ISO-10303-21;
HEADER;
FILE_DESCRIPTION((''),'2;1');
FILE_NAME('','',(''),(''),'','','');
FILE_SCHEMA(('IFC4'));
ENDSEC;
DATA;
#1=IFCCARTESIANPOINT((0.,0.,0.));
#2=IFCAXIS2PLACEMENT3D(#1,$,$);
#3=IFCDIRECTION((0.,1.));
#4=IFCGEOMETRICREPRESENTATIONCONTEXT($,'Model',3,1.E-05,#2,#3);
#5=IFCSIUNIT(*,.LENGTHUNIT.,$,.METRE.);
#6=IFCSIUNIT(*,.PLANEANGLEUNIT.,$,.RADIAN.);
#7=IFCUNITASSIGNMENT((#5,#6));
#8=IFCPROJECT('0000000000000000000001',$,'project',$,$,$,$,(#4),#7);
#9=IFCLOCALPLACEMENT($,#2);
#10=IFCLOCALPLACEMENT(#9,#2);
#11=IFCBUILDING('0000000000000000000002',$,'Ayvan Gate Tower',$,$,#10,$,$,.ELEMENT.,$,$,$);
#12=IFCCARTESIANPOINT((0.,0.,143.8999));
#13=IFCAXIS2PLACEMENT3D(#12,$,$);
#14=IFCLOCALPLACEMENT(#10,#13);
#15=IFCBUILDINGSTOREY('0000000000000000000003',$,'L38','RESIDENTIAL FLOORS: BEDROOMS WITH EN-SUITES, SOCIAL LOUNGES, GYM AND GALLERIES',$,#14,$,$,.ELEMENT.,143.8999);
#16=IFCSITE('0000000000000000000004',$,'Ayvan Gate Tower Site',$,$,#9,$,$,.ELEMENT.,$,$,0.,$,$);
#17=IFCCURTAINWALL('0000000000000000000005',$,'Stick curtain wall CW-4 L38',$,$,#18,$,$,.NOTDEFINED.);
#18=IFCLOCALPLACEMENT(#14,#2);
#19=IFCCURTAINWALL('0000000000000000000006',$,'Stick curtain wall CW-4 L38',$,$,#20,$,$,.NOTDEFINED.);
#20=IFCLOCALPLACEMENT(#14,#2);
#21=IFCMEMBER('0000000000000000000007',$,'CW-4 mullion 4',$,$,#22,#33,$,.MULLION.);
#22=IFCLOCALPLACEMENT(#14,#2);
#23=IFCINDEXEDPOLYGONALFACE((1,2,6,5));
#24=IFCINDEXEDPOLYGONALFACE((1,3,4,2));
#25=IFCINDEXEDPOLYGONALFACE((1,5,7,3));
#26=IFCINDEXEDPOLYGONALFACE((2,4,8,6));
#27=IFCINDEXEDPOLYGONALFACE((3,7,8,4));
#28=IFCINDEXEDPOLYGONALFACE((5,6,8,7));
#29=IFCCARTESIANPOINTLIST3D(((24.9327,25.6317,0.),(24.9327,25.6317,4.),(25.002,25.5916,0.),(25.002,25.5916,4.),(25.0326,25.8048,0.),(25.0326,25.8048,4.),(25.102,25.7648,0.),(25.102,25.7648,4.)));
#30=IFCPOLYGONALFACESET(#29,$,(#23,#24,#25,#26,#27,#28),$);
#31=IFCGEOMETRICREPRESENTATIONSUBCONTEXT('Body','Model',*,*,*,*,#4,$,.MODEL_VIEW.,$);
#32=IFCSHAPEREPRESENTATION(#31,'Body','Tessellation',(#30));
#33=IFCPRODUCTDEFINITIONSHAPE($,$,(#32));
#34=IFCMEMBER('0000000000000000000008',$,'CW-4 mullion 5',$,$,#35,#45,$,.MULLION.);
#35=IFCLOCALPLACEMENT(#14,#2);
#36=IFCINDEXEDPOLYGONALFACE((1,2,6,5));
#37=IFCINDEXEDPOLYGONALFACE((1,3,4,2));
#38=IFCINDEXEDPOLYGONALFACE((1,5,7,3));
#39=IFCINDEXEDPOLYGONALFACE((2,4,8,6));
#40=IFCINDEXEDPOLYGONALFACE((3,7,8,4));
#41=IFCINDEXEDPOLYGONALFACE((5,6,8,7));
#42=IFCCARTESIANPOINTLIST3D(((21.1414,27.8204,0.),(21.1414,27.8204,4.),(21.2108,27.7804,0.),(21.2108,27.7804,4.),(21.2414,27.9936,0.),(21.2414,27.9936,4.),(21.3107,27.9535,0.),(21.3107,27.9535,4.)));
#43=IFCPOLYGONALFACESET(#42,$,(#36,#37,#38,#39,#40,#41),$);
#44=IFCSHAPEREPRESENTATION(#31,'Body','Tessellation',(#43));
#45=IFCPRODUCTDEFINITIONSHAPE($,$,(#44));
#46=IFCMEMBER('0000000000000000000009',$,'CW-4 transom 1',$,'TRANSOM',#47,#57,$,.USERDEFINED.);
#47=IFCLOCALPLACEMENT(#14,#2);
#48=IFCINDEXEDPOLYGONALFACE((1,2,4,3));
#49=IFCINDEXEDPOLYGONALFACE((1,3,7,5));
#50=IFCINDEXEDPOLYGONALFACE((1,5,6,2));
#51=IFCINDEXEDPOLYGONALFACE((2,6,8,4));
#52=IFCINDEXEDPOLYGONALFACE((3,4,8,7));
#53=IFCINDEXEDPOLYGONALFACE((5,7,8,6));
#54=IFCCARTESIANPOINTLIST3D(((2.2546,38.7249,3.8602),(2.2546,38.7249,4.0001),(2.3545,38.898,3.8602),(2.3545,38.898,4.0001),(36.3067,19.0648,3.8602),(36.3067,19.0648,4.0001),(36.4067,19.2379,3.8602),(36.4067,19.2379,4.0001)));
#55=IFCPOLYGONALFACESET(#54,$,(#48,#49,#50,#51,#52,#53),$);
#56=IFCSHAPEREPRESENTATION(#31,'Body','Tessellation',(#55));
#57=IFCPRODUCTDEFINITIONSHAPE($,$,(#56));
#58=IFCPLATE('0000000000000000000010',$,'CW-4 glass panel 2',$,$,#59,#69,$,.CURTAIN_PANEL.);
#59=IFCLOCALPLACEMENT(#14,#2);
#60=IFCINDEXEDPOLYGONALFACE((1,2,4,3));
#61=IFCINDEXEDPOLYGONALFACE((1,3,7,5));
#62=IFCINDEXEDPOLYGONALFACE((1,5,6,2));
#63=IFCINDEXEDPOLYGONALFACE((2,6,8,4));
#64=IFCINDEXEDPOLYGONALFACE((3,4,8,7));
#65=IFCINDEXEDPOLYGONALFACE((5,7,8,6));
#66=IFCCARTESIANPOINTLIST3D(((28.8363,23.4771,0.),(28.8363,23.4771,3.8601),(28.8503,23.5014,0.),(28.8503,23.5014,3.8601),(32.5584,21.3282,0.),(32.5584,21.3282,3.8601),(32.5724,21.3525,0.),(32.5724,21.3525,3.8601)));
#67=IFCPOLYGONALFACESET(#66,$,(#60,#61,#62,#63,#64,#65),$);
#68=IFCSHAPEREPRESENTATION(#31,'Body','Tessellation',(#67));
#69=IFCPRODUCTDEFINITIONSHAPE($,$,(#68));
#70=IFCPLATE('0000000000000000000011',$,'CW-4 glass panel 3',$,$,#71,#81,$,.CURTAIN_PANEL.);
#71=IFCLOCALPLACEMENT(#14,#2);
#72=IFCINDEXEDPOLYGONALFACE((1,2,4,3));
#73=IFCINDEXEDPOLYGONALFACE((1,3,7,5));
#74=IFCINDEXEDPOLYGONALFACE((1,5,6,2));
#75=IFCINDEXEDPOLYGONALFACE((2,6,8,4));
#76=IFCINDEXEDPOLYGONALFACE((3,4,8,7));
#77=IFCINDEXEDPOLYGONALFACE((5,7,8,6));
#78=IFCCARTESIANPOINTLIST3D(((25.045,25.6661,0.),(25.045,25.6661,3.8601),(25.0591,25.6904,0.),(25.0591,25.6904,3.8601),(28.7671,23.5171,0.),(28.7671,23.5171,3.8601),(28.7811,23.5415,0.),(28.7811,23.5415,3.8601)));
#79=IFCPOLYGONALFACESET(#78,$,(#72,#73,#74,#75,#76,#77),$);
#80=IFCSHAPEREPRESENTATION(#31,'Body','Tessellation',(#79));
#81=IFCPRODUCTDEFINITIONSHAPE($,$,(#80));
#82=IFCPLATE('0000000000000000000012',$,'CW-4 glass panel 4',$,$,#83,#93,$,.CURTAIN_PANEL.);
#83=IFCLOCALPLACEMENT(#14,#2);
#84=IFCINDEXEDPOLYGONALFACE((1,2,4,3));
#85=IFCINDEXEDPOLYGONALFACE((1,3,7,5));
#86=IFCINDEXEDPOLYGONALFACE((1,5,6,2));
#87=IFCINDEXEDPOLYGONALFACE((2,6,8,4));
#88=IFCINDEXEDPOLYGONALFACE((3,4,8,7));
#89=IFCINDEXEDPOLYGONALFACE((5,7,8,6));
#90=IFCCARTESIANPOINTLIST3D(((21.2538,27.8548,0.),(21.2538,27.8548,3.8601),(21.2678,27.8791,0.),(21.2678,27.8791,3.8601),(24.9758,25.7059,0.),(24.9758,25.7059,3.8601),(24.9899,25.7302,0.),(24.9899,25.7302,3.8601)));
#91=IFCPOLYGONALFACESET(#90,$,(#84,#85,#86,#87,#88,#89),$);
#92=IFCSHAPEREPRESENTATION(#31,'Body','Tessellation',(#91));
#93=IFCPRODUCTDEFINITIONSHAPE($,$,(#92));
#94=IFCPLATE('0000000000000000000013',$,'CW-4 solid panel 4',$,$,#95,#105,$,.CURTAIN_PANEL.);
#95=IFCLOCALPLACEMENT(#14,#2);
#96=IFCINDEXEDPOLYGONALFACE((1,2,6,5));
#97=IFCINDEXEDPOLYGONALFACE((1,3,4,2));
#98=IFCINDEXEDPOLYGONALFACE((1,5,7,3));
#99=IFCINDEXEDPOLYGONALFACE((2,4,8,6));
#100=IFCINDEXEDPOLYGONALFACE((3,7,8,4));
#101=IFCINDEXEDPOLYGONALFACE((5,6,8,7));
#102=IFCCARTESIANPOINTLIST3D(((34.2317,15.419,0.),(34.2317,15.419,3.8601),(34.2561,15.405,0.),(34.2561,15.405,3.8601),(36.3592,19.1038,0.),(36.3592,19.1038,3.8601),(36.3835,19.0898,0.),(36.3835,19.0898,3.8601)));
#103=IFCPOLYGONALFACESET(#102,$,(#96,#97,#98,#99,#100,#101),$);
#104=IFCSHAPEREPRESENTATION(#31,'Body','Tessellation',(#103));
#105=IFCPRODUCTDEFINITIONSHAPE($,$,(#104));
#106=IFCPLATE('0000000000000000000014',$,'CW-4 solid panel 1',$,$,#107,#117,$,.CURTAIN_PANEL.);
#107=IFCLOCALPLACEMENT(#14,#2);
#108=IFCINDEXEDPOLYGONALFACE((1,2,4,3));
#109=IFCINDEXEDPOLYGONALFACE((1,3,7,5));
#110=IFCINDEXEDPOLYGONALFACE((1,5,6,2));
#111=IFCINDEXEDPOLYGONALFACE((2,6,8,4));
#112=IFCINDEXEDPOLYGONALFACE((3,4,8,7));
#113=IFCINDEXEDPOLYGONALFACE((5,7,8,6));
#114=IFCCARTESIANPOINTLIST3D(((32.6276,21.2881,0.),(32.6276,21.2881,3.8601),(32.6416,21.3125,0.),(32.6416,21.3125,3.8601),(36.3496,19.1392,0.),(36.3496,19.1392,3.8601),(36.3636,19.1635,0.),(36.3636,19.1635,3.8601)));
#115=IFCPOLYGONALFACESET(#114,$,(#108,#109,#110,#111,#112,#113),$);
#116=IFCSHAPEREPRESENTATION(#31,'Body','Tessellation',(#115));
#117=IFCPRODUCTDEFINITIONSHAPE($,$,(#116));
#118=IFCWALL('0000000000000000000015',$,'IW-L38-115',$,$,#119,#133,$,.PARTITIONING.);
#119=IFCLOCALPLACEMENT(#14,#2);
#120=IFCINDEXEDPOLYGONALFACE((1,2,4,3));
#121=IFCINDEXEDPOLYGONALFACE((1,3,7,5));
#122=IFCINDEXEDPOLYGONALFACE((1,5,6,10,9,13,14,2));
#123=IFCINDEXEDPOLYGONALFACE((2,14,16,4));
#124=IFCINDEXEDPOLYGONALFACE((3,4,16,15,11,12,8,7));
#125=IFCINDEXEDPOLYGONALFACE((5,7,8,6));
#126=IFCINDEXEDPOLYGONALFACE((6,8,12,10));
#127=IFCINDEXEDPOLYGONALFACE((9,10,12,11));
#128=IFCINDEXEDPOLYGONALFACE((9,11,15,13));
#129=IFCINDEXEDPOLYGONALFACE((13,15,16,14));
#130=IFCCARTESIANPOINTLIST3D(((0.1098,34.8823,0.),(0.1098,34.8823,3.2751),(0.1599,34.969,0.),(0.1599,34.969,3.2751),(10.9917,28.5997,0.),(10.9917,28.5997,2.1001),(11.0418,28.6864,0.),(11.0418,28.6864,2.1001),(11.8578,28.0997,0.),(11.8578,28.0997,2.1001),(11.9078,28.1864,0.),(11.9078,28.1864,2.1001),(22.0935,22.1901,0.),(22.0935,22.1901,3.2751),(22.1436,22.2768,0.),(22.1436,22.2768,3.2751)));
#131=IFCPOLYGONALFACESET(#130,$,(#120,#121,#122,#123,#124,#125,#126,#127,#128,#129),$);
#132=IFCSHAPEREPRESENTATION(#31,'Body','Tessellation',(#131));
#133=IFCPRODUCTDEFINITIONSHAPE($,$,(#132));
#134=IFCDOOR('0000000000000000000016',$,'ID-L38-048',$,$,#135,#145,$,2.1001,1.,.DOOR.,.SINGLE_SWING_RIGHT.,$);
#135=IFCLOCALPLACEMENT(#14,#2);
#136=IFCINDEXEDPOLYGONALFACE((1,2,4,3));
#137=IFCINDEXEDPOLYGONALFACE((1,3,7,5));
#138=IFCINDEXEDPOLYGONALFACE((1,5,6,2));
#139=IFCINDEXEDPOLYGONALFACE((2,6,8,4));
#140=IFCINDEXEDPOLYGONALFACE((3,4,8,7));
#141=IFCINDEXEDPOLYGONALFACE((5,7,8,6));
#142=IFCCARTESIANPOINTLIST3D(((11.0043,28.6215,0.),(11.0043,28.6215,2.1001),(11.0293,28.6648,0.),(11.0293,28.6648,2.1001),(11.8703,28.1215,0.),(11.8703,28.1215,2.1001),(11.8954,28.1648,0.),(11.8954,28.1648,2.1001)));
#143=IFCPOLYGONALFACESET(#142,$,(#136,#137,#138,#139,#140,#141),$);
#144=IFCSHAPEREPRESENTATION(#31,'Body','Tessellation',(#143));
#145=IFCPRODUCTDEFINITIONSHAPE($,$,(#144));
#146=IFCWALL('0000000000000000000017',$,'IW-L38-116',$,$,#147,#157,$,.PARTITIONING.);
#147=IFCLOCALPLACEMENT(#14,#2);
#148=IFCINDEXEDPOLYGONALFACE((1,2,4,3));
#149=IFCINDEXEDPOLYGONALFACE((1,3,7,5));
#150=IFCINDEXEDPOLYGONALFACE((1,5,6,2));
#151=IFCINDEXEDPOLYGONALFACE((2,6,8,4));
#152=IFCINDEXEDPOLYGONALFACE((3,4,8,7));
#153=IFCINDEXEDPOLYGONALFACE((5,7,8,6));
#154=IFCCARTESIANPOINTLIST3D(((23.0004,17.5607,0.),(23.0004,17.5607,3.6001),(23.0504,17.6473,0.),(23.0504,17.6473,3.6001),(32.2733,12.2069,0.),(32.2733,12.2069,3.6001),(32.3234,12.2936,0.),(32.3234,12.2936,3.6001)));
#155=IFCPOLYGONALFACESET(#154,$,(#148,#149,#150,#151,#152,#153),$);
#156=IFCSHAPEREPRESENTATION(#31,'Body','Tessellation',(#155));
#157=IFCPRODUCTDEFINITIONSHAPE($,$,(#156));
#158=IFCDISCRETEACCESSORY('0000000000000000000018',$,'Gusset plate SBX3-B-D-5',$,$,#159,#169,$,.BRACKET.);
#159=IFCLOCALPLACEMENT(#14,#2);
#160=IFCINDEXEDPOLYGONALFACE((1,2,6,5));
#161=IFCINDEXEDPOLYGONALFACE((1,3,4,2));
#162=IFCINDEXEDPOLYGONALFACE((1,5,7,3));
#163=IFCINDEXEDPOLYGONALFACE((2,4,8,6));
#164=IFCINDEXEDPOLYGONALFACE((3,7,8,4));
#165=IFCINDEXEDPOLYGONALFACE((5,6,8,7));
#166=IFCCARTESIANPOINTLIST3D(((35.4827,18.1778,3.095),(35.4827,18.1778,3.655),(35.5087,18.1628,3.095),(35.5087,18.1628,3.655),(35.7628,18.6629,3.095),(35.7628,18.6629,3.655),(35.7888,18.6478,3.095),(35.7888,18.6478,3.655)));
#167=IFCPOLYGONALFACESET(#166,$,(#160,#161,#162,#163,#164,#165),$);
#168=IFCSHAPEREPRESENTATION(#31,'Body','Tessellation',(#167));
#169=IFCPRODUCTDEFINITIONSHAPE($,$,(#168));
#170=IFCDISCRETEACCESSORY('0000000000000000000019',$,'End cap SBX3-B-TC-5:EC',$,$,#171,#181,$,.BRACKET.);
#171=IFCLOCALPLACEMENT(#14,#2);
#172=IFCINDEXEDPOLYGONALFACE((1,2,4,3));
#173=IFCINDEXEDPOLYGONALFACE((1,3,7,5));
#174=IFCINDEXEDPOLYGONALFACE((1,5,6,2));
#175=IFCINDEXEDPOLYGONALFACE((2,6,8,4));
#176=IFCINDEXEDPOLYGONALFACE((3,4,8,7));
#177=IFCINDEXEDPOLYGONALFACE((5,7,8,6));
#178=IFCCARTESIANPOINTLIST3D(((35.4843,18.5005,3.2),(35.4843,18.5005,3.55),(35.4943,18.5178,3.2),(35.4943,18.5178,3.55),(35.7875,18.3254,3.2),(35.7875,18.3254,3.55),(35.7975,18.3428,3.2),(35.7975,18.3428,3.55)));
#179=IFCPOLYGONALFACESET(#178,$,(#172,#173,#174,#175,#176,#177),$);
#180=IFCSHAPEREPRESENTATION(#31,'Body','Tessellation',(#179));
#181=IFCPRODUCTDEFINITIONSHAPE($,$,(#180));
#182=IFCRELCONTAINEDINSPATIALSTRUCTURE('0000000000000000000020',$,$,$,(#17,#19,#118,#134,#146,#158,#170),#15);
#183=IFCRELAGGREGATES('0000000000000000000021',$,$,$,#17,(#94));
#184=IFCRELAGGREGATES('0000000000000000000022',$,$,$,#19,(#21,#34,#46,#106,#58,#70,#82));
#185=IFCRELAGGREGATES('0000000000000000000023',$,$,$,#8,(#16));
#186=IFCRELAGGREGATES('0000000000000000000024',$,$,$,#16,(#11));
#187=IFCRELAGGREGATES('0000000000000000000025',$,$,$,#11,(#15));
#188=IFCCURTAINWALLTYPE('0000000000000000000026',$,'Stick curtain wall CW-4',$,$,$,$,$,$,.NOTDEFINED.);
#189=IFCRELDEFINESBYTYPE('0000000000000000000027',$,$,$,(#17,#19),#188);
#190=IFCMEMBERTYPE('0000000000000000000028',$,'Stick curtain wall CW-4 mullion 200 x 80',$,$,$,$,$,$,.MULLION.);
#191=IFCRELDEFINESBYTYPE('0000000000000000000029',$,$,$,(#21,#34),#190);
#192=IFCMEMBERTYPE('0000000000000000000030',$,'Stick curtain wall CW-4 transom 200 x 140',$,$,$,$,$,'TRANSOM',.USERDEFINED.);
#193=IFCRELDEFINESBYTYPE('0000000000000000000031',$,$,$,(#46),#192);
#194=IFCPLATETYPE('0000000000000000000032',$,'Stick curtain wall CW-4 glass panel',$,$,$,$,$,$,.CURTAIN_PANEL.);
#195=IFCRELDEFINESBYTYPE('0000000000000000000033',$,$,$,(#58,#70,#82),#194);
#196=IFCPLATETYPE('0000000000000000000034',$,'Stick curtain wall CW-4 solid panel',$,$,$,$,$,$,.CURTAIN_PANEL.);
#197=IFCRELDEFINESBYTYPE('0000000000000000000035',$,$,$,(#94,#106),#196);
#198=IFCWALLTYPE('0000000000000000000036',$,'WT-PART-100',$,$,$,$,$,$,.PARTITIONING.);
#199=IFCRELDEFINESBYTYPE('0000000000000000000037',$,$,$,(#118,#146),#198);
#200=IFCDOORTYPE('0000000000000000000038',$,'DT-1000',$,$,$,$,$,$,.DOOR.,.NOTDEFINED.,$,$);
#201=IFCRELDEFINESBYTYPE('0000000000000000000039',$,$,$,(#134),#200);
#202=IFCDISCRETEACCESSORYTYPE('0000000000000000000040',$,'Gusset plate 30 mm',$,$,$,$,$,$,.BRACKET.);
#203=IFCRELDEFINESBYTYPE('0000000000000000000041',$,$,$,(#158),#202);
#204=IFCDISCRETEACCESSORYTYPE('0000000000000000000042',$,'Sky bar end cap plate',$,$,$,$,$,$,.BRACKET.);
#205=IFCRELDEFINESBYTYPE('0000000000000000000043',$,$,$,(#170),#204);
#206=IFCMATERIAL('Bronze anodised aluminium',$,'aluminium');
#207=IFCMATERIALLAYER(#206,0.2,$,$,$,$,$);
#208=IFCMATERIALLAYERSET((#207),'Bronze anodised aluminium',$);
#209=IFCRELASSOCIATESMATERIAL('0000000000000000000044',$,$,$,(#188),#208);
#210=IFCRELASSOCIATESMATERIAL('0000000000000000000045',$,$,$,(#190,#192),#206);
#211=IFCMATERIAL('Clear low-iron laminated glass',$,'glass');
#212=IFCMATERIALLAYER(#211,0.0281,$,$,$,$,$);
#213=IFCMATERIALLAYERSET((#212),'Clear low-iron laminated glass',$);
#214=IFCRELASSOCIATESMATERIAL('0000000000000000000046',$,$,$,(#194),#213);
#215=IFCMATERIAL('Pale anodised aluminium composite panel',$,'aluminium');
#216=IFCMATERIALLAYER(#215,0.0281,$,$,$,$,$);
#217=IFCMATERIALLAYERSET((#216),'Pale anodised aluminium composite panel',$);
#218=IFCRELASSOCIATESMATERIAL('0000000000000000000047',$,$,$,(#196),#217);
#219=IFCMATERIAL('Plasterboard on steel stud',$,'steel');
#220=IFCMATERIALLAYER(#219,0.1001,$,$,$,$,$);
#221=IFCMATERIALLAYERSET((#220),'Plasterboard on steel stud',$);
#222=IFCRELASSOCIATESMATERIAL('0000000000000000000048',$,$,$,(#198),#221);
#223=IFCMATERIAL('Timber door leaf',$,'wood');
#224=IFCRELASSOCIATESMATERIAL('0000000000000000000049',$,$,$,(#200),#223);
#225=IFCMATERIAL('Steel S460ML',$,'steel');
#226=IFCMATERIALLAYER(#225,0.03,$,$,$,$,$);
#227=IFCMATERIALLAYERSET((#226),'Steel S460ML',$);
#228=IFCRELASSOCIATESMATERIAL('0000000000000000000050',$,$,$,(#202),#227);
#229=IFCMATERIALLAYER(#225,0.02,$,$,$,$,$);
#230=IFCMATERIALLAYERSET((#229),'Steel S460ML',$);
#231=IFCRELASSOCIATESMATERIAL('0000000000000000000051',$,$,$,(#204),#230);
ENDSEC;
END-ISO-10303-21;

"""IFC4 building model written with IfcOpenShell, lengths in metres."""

from ifc_helpers import new_model, si_unit, direction, frame, frame_2d, origin, origin_2d, place, context, subcontext, project, spatial, rectangle, extrude, material, layer, layer_set, material_profile, profile_set, type_object, element, fill, aggregate, save


model = new_model("IFC4")

# Units and contexts
model_context = context("Model", 3, precision=1e-05, world=origin(), true_north=direction((0.0, 1.0)))
body_context = subcontext(model_context, "Body", "Model", "MODEL_VIEW")
ifc_project = project(units=[si_unit("LENGTHUNIT", "METRE"), si_unit("PLANEANGLEUNIT", "RADIAN")], contexts=[model_context])

# Site, building, storey
site_placement = place(None, origin())
site = spatial("IfcSite", under=ifc_project, at=site_placement, Name="Ayvan Gate Tower Site", CompositionType="ELEMENT", RefElevation=0.0)
building_placement = place(site_placement, origin())
building = spatial("IfcBuilding", under=site, at=building_placement, Name="Ayvan Gate Tower", CompositionType="ELEMENT")
storey_placement = place(building_placement, frame((0.0, 0.0, 143.8999)))
storey = spatial("IfcBuildingStorey", under=building, at=storey_placement, Name="L38", Description="RESIDENTIAL FLOORS: BEDROOMS WITH EN-SUITES, SOCIAL LOUNGES, GYM AND GALLERIES", CompositionType="ELEMENT", Elevation=143.8999)

# Shared definitions
ifc_material_1 = material(Name="Steel S460ML", Category="steel")

# Curtain wall
ifc_material_2 = material(Name="Bronze anodised aluminium", Category="aluminium")
ifc_layer_1 = layer(ifc_material_2, 0.2)
ifc_layer_set_1 = layer_set([ifc_layer_1], Name="Bronze anodised aluminium")
curtain_wall_type = type_object("IfcCurtainWallType", Name="Stick curtain wall CW-4", PredefinedType="NOTDEFINED", material=ifc_layer_set_1)
curtain_wall_1_placement = place(storey_placement, origin())
curtain_wall_1 = element("IfcCurtainWall", 1, at=curtain_wall_1_placement, inside=storey, type_object=curtain_wall_type, Name="Stick curtain wall CW-4 L38", PredefinedType="NOTDEFINED")
ifc_material_profile_1 = material_profile(ifc_material_2, rectangle(XDim=0.2, YDim=0.0801, at=origin_2d()), Name="Stick curtain wall CW-4 mullion 200 x 80")
ifc_profile_set_1 = profile_set([ifc_material_profile_1], Name="Bronze anodised aluminium")
member_type_1 = type_object("IfcMemberType", Name="Stick curtain wall CW-4 mullion 200 x 80", PredefinedType="MULLION", material=ifc_profile_set_1)

# Curtain wall, members, plates
curtain_wall_2_placement = place(storey_placement, origin())
curtain_wall_2 = element("IfcCurtainWall", 2, at=curtain_wall_2_placement, inside=storey, type_object=curtain_wall_type, Name="Stick curtain wall CW-4 L38", PredefinedType="NOTDEFINED")
member_1_placement = place(storey_placement, frame((25.0173, 25.6982, 0.0), z_axis=(0.0, 0.0, 1.0), x_axis=(0.5, 0.866025, 0.0)))
member_1 = element("IfcMember", 3, at=member_1_placement, type_object=member_type_1, Name="CW-4 mullion 4", PredefinedType="MULLION", context=body_context, shape_type="SweptSolid", body=[
    extrude(rectangle(XDim=0.2, YDim=0.0801, at=origin_2d()), origin(), (0.0, 0.0, 1.0), 4.0),
])
member_2_placement = place(storey_placement, frame((21.2261, 27.887, 0.0), z_axis=(0.0, 0.0, 1.0), x_axis=(0.5, 0.866025, 0.0)))
member_2 = element("IfcMember", 4, at=member_2_placement, type_object=member_type_1, Name="CW-4 mullion 5", PredefinedType="MULLION", context=body_context, shape_type="SweptSolid", body=[
    extrude(rectangle(XDim=0.2, YDim=0.0801, at=origin_2d()), origin(), (0.0, 0.0, 1.0), 4.0),
])
ifc_material_profile_2 = material_profile(ifc_material_2, rectangle(XDim=0.2, YDim=0.1399, at=origin_2d()), Name="Stick curtain wall CW-4 transom 200 x 140")
ifc_profile_set_2 = profile_set([ifc_material_profile_2], Name="Bronze anodised aluminium")
member_type_2 = type_object("IfcMemberType", Name="Stick curtain wall CW-4 transom 200 x 140", ElementType="TRANSOM", PredefinedType="USERDEFINED", material=ifc_profile_set_2)
member_3_placement = place(storey_placement, frame((36.3567, 19.1514, 3.9302), z_axis=(-0.866024, 0.500002, 0.0), x_axis=(-0.500002, -0.866024, 0.0)))
member_3 = element("IfcMember", 5, at=member_3_placement, type_object=member_type_2, Name="CW-4 transom 1", ObjectType="TRANSOM", PredefinedType="USERDEFINED", context=body_context, shape_type="SweptSolid", body=[
    extrude(rectangle(XDim=0.2, YDim=0.1399, at=origin_2d()), origin(), (0.0, 0.0, 1.0), 39.3201),
])
ifc_material_3 = material(Name="Clear low-iron laminated glass", Category="glass")
ifc_layer_2 = layer(ifc_material_3, 0.0281)
ifc_layer_set_2 = layer_set([ifc_layer_2], Name="Clear low-iron laminated glass")
plate_type_1 = type_object("IfcPlateType", Name="Stick curtain wall CW-4 glass panel", PredefinedType="CURTAIN_PANEL", material=ifc_layer_set_2)
plate_1_placement = place(storey_placement, frame((30.7043, 22.4148, 0.0), z_axis=(0.0, 0.0, 1.0), x_axis=(-0.866025, 0.5, 0.0)))
plate_1 = element("IfcPlate", 6, at=plate_1_placement, type_object=plate_type_1, Name="CW-4 glass panel 2", PredefinedType="CURTAIN_PANEL", context=body_context, shape_type="SweptSolid", body=[
    extrude(rectangle(XDim=4.2979, YDim=0.0281, at=origin_2d()), origin(), (0.0, 0.0, 1.0), 3.8601),
])
plate_2_placement = place(storey_placement, frame((26.9131, 24.6038, 0.0), z_axis=(0.0, 0.0, 1.0), x_axis=(-0.866025, 0.5, 0.0)))
plate_2 = element("IfcPlate", 7, at=plate_2_placement, type_object=plate_type_1, Name="CW-4 glass panel 3", PredefinedType="CURTAIN_PANEL", context=body_context, shape_type="SweptSolid", body=[
    extrude(rectangle(XDim=4.2979, YDim=0.0281, at=origin_2d()), origin(), (0.0, 0.0, 1.0), 3.8601),
])
plate_3_placement = place(storey_placement, frame((23.1218, 26.7925, 0.0), z_axis=(0.0, 0.0, 1.0), x_axis=(-0.866025, 0.5, 0.0)))
plate_3 = element("IfcPlate", 8, at=plate_3_placement, type_object=plate_type_1, Name="CW-4 glass panel 4", PredefinedType="CURTAIN_PANEL", context=body_context, shape_type="SweptSolid", body=[
    extrude(rectangle(XDim=4.2979, YDim=0.0281, at=origin_2d()), origin(), (0.0, 0.0, 1.0), 3.8601),
])

# Plates
ifc_material_4 = material(Name="Pale anodised aluminium composite panel", Category="aluminium")
ifc_layer_3 = layer(ifc_material_4, 0.0281)
ifc_layer_set_3 = layer_set([ifc_layer_3], Name="Pale anodised aluminium composite panel")
plate_type_2 = type_object("IfcPlateType", Name="Stick curtain wall CW-4 solid panel", PredefinedType="CURTAIN_PANEL", material=ifc_layer_set_3)
plate_4_placement = place(storey_placement, frame((35.3076, 17.2544, 0.0), z_axis=(0.0, 0.0, 1.0), x_axis=(0.5, 0.866025, 0.0)))
plate_4 = element("IfcPlate", 9, at=plate_4_placement, type_object=plate_type_2, Name="CW-4 solid panel 4", PredefinedType="CURTAIN_PANEL", context=body_context, shape_type="SweptSolid", body=[
    extrude(rectangle(XDim=4.2549, YDim=0.0281, at=origin_2d()), origin(), (0.0, 0.0, 1.0), 3.8601),
])
aggregate(curtain_wall_1, [plate_4])
plate_5_placement = place(storey_placement, frame((34.4956, 20.2258, 0.0), z_axis=(0.0, 0.0, 1.0), x_axis=(-0.866025, 0.5, 0.0)))
plate_5 = element("IfcPlate", 10, at=plate_5_placement, type_object=plate_type_2, Name="CW-4 solid panel 1", PredefinedType="CURTAIN_PANEL", context=body_context, shape_type="SweptSolid", body=[
    extrude(rectangle(XDim=4.2979, YDim=0.0281, at=origin_2d()), origin(), (0.0, 0.0, 1.0), 3.8601),
])
aggregate(curtain_wall_2, [member_1, member_2, member_3, plate_5, plate_1, plate_2, plate_3])

# Wall, opening, door
ifc_material_5 = material(Name="Plasterboard on steel stud", Category="steel")
ifc_layer_4 = layer(ifc_material_5, 0.1001)
ifc_layer_set_4 = layer_set([ifc_layer_4], Name="Plasterboard on steel stud")
wall_type = type_object("IfcWallType", Name="WT-PART-100", PredefinedType="PARTITIONING", material=ifc_layer_set_4)
wall_1_placement = place(storey_placement, frame((22.1187, 22.2334, 0.0), z_axis=(0.0, 0.0, 1.0), x_axis=(-0.866028, 0.499996, 0.0)))
wall_1 = element("IfcWall", 11, at=wall_1_placement, inside=storey, type_object=wall_type, Name="IW-L38-115", PredefinedType="PARTITIONING", context=body_context, shape_type="SweptSolid", body=[
    extrude(rectangle(XDim=25.3845, YDim=0.1001, at=frame_2d((12.6924, 0.0))), origin(), (0.0, 0.0, 1.0), 3.2751),
])
opening_placement = place(wall_1_placement, frame((11.8193, 0.0, 0.0)))
opening = element("IfcOpeningElement", 12, at=opening_placement, cuts=wall_1, PredefinedType="OPENING", context=body_context, shape_type="SweptSolid", body=[
    extrude(rectangle(XDim=1.0, YDim=2.1001, at=frame_2d((0.5, 1.05))), frame((0.0, 0.0601, 0.0), z_axis=(0.0, -1.0, 0.0), x_axis=(1.0, 0.0, 0.0)), (0.0, 0.0, 1.0), 0.1201),
])
ifc_material_6 = material(Name="Timber door leaf", Category="wood")
door_type = type_object("IfcDoorType", Name="DT-1000", OperationType="NOTDEFINED", PredefinedType="DOOR", material=ifc_material_6)
door_placement = place(opening_placement, origin())
door = element("IfcDoor", 13, at=door_placement, inside=storey, type_object=door_type, Name="ID-L38-048", OperationType="SINGLE_SWING_RIGHT", OverallHeight=2.1001, OverallWidth=1.0, PredefinedType="DOOR", context=body_context, shape_type="SweptSolid", body=[
    extrude(rectangle(XDim=1.0, YDim=2.1001, at=frame_2d((0.5, 1.05))), frame((0.0, 0.0249, 0.0), z_axis=(0.0, -1.0, 0.0), x_axis=(1.0, 0.0, 0.0)), (0.0, 0.0, 1.0), 0.05),
])
fill(opening, door)

# Wall
wall_2_placement = place(storey_placement, frame((23.0254, 17.604, 0.0), z_axis=(0.0, 0.0, 1.0), x_axis=(0.866025, -0.500001, 0.0)))
element("IfcWall", 14, at=wall_2_placement, inside=storey, type_object=wall_type, Name="IW-L38-116", PredefinedType="PARTITIONING", context=body_context, shape_type="SweptSolid", body=[
    extrude(rectangle(XDim=10.7075, YDim=0.1001, at=frame_2d((5.3538, 0.0))), origin(), (0.0, 0.0, 1.0), 3.6001),
])

# Discrete accessories
ifc_layer_5 = layer(ifc_material_1, 0.03)
ifc_layer_set_5 = layer_set([ifc_layer_5], Name="Steel S460ML")
discrete_accessory_type_1 = type_object("IfcDiscreteAccessoryType", Name="Gusset plate 30 mm", PredefinedType="BRACKET", material=ifc_layer_set_5)
discrete_accessory_1_placement = place(storey_placement, frame((35.6357, 18.4128, 3.095), z_axis=(0.0, 0.0, 1.0), x_axis=(0.5, 0.866025, 0.0)))
element("IfcDiscreteAccessory", 15, at=discrete_accessory_1_placement, inside=storey, type_object=discrete_accessory_type_1, Name="Gusset plate SBX3-B-D-5", PredefinedType="BRACKET", context=body_context, shape_type="SweptSolid", body=[
    extrude(rectangle(XDim=0.5601, YDim=0.03, at=origin_2d()), origin(), (0.0, 0.0, 1.0), 0.5601),
])
ifc_layer_6 = layer(ifc_material_1, 0.02)
ifc_layer_set_6 = layer_set([ifc_layer_6], Name="Steel S460ML")
discrete_accessory_type_2 = type_object("IfcDiscreteAccessoryType", Name="Sky bar end cap plate", PredefinedType="BRACKET", material=ifc_layer_set_6)
discrete_accessory_2_placement = place(storey_placement, frame((35.6409, 18.4216, 3.2), z_axis=(0.0, 0.0, 1.0), x_axis=(0.5, 0.866025, 0.0)))
element("IfcDiscreteAccessory", 16, at=discrete_accessory_2_placement, inside=storey, type_object=discrete_accessory_type_2, Name="End cap SBX3-B-TC-5:EC", PredefinedType="BRACKET", context=body_context, shape_type="SweptSolid", body=[
    extrude(rectangle(XDim=0.02, YDim=0.3501, at=origin_2d()), origin(), (0.0, 0.0, 1.0), 0.3501),
])

save(model, "model.ifc")
